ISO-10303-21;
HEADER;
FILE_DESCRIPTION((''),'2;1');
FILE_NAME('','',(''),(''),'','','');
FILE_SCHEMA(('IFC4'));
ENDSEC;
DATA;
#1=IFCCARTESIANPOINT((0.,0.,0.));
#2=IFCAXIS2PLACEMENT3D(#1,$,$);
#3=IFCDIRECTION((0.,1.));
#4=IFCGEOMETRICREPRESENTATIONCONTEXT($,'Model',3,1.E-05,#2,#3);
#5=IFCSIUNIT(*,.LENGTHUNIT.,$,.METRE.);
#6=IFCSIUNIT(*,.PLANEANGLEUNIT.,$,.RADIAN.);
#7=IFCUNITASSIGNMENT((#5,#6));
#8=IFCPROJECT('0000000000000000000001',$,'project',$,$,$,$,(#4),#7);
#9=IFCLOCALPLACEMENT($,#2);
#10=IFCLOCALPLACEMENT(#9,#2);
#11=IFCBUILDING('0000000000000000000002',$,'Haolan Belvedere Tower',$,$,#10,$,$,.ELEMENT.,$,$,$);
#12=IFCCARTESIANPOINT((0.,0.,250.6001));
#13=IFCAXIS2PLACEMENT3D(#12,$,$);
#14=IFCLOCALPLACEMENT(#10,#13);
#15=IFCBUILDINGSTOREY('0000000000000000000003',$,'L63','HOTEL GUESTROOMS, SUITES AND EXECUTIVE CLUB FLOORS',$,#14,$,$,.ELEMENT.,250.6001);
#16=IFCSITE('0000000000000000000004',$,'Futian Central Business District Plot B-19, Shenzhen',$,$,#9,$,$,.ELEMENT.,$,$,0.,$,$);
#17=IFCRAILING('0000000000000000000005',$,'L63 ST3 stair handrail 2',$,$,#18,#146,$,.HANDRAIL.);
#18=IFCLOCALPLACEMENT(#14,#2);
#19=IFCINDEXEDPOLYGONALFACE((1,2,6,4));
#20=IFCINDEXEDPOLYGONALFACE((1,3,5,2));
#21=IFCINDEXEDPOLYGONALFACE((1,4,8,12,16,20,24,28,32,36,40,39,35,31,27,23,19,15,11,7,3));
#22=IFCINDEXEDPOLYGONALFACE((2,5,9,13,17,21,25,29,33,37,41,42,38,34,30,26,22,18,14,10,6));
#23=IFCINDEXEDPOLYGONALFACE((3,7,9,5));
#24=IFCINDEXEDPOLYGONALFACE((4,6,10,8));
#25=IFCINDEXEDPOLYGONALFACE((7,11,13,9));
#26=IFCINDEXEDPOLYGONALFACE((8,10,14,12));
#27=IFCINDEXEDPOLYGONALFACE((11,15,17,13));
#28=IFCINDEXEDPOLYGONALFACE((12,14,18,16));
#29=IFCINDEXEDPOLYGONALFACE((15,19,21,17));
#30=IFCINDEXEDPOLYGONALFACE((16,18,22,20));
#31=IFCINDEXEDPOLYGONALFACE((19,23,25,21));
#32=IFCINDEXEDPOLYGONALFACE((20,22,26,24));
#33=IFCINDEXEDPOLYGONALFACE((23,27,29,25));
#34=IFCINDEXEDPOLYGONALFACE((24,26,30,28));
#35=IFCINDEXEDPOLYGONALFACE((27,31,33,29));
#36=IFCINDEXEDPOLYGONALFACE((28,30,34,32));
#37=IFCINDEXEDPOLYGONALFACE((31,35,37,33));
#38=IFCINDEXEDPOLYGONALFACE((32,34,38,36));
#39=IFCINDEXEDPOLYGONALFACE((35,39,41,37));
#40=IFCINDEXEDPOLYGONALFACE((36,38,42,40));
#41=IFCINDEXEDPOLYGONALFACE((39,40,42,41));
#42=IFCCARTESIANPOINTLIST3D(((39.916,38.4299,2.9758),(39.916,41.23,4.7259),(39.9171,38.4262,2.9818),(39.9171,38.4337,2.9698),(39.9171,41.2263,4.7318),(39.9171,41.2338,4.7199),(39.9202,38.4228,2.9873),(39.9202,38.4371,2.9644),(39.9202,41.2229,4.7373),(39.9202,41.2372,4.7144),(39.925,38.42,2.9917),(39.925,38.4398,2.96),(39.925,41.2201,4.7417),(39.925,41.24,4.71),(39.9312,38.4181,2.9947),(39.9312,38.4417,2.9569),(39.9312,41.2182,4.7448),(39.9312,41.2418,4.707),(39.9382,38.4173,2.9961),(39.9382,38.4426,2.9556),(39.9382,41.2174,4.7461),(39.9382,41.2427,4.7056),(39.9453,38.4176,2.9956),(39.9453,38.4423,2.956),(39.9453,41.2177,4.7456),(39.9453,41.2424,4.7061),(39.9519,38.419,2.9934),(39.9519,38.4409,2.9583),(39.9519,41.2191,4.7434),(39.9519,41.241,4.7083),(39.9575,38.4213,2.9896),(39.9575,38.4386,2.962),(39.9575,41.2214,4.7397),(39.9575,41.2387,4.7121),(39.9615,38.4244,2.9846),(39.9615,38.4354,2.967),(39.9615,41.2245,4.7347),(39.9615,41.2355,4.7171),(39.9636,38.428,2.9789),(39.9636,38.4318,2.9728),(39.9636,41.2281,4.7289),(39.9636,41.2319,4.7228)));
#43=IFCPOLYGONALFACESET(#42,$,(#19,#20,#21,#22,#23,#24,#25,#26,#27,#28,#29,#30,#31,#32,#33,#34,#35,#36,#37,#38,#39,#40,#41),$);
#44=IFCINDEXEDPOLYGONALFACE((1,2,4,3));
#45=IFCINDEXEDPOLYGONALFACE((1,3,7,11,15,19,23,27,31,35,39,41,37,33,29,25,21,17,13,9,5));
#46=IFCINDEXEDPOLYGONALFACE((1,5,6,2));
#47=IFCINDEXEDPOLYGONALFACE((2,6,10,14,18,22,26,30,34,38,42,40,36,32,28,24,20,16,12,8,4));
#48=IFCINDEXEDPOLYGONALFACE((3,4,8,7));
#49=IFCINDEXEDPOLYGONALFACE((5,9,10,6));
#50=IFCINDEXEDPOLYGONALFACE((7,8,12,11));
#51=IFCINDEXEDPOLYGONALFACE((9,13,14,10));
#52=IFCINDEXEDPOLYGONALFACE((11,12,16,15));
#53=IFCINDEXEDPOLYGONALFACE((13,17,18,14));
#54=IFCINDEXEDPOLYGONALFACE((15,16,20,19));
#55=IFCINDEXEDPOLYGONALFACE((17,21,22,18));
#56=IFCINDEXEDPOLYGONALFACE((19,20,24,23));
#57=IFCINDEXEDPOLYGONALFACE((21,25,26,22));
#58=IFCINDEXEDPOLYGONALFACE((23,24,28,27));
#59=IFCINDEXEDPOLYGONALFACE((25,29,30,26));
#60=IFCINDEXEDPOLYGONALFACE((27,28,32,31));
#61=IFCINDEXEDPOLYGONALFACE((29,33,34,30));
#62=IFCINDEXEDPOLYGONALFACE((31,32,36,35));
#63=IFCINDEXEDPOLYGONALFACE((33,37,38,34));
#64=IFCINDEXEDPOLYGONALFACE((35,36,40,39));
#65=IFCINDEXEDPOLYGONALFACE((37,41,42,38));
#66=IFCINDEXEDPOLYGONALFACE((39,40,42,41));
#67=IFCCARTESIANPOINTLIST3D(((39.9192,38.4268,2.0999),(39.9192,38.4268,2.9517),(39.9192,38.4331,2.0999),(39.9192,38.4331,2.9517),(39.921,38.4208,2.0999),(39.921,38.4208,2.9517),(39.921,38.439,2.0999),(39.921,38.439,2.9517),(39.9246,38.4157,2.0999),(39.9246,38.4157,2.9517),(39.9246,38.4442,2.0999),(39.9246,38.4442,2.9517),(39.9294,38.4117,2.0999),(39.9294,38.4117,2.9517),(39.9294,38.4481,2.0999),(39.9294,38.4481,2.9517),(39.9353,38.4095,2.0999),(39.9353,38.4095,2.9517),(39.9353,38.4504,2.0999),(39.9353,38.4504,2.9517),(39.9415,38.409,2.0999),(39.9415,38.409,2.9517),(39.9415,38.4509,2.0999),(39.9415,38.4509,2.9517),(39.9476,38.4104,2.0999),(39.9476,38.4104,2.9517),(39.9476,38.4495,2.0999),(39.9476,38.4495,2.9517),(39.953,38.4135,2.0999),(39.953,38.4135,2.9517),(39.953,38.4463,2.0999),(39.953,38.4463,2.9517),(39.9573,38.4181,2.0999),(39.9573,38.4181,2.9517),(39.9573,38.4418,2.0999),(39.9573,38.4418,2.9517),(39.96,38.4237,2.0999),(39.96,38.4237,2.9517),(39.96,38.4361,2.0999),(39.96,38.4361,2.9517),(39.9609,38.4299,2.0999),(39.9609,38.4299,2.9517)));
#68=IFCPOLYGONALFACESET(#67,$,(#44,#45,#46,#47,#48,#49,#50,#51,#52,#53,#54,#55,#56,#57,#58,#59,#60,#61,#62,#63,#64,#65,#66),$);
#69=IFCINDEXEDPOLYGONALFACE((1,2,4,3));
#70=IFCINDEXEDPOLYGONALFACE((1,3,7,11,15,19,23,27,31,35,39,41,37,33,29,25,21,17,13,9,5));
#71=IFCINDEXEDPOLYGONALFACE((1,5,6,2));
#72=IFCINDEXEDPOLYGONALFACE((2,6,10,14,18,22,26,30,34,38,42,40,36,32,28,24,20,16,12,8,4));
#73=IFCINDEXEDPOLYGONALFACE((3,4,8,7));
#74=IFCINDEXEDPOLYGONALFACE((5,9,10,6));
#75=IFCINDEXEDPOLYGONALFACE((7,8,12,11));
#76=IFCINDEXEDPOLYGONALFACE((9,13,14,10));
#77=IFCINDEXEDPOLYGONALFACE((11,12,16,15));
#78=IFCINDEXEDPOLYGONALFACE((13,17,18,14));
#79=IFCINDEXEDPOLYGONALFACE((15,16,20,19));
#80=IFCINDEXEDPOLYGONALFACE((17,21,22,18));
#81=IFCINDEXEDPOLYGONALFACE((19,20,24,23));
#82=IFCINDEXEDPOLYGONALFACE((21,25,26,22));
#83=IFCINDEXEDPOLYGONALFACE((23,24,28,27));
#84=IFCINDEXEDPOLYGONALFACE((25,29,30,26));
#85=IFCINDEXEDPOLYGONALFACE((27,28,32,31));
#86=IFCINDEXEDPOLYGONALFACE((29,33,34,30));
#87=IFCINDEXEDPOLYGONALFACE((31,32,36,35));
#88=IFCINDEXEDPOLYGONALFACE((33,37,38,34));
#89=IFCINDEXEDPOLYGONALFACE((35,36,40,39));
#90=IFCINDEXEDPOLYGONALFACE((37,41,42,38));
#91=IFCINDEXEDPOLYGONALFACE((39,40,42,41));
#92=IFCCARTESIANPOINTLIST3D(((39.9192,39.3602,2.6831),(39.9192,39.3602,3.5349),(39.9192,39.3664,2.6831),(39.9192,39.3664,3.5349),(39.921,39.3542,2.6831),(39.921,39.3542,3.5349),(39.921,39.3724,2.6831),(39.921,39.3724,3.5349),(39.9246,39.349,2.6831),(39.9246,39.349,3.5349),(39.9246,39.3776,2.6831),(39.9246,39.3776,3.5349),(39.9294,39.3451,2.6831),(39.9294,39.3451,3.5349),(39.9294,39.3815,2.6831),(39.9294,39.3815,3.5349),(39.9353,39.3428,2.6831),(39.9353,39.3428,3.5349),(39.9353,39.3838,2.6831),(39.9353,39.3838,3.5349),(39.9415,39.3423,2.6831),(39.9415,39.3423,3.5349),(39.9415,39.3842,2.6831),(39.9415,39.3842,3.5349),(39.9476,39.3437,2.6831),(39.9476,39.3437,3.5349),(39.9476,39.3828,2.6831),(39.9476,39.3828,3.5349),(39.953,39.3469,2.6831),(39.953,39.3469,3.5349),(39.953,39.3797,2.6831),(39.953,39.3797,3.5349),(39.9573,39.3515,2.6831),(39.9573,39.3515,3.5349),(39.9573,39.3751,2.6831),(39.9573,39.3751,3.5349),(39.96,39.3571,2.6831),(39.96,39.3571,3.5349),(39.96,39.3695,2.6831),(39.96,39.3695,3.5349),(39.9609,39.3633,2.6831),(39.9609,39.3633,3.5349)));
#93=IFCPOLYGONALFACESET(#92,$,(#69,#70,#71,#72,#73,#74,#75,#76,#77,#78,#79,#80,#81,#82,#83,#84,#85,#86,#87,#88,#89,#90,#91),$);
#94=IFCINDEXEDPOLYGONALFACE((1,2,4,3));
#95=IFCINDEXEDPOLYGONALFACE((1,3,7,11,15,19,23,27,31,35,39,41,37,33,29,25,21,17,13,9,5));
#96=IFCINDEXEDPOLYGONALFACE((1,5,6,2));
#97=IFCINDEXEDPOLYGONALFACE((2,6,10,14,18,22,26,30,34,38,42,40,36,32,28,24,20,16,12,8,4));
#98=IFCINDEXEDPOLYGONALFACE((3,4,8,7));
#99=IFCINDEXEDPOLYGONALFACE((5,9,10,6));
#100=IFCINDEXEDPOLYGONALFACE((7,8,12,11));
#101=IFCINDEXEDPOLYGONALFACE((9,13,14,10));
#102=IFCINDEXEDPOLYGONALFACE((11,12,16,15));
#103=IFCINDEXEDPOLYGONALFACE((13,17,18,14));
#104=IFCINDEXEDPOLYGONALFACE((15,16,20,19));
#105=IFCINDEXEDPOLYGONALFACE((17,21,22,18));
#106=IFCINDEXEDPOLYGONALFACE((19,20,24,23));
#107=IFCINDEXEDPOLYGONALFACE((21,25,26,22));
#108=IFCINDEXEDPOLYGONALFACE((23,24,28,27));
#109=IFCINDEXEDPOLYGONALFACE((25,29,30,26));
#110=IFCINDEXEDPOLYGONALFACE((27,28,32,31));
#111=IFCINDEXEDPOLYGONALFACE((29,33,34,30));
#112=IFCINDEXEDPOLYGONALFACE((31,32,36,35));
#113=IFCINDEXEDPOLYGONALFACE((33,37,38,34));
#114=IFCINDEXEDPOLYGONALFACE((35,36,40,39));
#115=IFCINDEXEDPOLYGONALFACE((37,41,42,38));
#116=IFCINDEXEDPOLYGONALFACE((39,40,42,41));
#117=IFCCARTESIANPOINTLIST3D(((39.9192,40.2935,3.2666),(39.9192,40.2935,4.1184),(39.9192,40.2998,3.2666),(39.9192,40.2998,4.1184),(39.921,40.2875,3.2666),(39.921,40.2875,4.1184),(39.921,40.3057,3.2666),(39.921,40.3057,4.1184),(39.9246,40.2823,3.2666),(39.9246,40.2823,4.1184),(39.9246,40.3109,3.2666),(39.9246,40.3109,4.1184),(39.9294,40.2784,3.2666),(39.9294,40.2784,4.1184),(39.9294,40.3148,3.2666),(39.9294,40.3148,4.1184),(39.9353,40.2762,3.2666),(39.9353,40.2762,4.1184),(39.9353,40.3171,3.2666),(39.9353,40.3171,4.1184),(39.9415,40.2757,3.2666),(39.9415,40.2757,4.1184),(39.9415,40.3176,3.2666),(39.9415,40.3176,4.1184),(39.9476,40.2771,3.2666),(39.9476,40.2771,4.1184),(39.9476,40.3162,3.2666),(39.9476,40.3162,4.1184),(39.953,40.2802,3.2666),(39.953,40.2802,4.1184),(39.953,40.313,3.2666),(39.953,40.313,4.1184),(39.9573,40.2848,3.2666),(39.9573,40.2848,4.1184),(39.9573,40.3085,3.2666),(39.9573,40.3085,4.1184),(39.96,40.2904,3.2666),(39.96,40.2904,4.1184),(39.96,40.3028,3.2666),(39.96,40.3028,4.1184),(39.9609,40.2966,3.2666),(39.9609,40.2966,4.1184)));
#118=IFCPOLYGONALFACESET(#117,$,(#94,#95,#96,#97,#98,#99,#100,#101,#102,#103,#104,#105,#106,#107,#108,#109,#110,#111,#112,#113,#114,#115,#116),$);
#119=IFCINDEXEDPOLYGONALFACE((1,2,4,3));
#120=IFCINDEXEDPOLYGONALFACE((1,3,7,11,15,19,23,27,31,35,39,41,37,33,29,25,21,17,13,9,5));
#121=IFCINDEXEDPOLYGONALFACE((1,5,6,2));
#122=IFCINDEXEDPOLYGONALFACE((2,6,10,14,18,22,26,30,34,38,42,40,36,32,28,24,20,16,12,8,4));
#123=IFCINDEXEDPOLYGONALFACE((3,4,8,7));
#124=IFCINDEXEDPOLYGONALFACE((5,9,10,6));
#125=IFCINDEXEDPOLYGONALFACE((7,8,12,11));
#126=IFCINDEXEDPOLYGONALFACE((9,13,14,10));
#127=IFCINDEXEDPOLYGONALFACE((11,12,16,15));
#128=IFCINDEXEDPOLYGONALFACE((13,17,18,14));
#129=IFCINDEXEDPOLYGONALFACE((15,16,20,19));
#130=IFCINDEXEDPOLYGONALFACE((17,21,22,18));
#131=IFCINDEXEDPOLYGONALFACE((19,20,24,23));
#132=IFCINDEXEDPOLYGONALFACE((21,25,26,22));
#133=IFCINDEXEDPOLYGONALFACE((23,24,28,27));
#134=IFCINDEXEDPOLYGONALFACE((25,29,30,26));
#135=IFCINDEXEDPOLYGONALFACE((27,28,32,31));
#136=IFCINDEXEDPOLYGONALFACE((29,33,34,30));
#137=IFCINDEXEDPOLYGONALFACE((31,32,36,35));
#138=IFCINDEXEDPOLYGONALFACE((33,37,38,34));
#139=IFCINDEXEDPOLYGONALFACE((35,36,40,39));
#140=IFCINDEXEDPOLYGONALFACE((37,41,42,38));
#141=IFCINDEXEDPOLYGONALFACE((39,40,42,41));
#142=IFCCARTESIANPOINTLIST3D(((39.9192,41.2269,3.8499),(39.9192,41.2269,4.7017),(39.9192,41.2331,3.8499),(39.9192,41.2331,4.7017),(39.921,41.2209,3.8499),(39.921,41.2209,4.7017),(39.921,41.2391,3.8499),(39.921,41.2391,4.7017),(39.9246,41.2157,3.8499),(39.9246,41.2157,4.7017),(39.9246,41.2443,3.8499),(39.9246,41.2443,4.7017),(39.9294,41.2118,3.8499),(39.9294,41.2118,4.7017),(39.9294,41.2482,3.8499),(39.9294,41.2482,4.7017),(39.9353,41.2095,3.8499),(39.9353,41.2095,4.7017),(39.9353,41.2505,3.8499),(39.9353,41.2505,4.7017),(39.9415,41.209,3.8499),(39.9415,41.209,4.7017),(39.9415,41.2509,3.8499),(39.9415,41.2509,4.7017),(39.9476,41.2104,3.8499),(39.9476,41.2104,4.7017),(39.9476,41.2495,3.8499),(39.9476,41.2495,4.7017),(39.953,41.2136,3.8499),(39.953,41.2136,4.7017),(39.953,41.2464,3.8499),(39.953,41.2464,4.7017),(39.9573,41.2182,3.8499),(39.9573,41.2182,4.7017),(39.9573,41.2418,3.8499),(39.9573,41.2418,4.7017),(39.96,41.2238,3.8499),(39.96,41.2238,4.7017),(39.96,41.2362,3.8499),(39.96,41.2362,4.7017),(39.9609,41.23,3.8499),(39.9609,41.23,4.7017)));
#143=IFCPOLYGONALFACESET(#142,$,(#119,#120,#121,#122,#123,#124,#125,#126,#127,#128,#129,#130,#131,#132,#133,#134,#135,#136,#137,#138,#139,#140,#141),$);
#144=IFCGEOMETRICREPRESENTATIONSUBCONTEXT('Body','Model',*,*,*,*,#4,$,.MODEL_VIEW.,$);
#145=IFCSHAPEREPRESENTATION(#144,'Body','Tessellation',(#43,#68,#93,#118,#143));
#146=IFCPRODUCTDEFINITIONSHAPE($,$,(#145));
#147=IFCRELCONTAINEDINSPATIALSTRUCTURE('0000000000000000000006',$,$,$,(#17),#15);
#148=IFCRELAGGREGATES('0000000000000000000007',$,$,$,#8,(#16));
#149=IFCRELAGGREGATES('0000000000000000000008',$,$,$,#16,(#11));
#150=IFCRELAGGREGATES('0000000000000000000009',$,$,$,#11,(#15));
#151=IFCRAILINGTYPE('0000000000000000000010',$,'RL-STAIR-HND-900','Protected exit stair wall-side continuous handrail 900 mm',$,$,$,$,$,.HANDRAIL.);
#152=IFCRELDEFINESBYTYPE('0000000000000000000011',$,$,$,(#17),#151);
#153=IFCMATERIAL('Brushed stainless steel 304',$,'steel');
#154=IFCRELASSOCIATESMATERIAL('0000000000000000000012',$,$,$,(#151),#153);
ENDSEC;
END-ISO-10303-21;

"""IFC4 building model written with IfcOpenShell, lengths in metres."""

from ifc_helpers import new_model, si_unit, direction, frame, origin, origin_2d, place, context, subcontext, project, spatial, circle, extrude, material, type_object, element, save


model = new_model("IFC4")

# Units and contexts
model_context = context("Model", 3, precision=1e-05, world=origin(), true_north=direction((0.0, 1.0)))
body_context = subcontext(model_context, "Body", "Model", "MODEL_VIEW")
ifc_project = project(units=[si_unit("LENGTHUNIT", "METRE"), si_unit("PLANEANGLEUNIT", "RADIAN")], contexts=[model_context])

# Site, building, storey
site_placement = place(None, origin())
site = spatial("IfcSite", under=ifc_project, at=site_placement, Name="Futian Central Business District Plot B-19, Shenzhen", CompositionType="ELEMENT", RefElevation=0.0)
building_placement = place(site_placement, origin())
building = spatial("IfcBuilding", under=site, at=building_placement, Name="Haolan Belvedere Tower", CompositionType="ELEMENT")
storey_placement = place(building_placement, frame((0.0, 0.0, 250.6001)))
storey = spatial("IfcBuildingStorey", under=building, at=storey_placement, Name="L63", Description="HOTEL GUESTROOMS, SUITES AND EXECUTIVE CLUB FLOORS", CompositionType="ELEMENT", Elevation=250.6001)

# Railing
ifc_material_1 = material(Name="Brushed stainless steel 304", Category="steel")
railing_type_1 = type_object("IfcRailingType", Name="RL-STAIR-HND-900", Description="Protected exit stair wall-side continuous handrail 900 mm", PredefinedType="HANDRAIL", material=ifc_material_1)
railing_1_placement = place(storey_placement, frame((39.9399, 38.4299, 2.0999)))
element("IfcRailing", 1, at=railing_1_placement, inside=storey, type_object=railing_type_1, Name="L63 ST3 stair handrail 2", PredefinedType="HANDRAIL", context=body_context, shape_type="SweptSolid", body=[
    extrude(circle(Radius=0.0239, at=origin_2d()), frame((0.0, 0.0, 0.876), z_axis=(0.0, 0.848002, 0.529992), x_axis=(-1.0, 0.0, 0.0)), (0.0, 0.0, 1.0), 3.302),
    extrude(circle(Radius=0.021, at=origin_2d()), origin(), (0.0, 0.0, 1.0), 0.8518),
    extrude(circle(Radius=0.021, at=origin_2d()), frame((0.0, 0.9333, 0.5833)), (0.0, 0.0, 1.0), 0.8518),
    extrude(circle(Radius=0.021, at=origin_2d()), frame((0.0, 1.8667, 1.1667)), (0.0, 0.0, 1.0), 0.8518),
    extrude(circle(Radius=0.021, at=origin_2d()), frame((0.0, 2.8, 1.75)), (0.0, 0.0, 1.0), 0.8518),
])

save(model, "model.ifc")
